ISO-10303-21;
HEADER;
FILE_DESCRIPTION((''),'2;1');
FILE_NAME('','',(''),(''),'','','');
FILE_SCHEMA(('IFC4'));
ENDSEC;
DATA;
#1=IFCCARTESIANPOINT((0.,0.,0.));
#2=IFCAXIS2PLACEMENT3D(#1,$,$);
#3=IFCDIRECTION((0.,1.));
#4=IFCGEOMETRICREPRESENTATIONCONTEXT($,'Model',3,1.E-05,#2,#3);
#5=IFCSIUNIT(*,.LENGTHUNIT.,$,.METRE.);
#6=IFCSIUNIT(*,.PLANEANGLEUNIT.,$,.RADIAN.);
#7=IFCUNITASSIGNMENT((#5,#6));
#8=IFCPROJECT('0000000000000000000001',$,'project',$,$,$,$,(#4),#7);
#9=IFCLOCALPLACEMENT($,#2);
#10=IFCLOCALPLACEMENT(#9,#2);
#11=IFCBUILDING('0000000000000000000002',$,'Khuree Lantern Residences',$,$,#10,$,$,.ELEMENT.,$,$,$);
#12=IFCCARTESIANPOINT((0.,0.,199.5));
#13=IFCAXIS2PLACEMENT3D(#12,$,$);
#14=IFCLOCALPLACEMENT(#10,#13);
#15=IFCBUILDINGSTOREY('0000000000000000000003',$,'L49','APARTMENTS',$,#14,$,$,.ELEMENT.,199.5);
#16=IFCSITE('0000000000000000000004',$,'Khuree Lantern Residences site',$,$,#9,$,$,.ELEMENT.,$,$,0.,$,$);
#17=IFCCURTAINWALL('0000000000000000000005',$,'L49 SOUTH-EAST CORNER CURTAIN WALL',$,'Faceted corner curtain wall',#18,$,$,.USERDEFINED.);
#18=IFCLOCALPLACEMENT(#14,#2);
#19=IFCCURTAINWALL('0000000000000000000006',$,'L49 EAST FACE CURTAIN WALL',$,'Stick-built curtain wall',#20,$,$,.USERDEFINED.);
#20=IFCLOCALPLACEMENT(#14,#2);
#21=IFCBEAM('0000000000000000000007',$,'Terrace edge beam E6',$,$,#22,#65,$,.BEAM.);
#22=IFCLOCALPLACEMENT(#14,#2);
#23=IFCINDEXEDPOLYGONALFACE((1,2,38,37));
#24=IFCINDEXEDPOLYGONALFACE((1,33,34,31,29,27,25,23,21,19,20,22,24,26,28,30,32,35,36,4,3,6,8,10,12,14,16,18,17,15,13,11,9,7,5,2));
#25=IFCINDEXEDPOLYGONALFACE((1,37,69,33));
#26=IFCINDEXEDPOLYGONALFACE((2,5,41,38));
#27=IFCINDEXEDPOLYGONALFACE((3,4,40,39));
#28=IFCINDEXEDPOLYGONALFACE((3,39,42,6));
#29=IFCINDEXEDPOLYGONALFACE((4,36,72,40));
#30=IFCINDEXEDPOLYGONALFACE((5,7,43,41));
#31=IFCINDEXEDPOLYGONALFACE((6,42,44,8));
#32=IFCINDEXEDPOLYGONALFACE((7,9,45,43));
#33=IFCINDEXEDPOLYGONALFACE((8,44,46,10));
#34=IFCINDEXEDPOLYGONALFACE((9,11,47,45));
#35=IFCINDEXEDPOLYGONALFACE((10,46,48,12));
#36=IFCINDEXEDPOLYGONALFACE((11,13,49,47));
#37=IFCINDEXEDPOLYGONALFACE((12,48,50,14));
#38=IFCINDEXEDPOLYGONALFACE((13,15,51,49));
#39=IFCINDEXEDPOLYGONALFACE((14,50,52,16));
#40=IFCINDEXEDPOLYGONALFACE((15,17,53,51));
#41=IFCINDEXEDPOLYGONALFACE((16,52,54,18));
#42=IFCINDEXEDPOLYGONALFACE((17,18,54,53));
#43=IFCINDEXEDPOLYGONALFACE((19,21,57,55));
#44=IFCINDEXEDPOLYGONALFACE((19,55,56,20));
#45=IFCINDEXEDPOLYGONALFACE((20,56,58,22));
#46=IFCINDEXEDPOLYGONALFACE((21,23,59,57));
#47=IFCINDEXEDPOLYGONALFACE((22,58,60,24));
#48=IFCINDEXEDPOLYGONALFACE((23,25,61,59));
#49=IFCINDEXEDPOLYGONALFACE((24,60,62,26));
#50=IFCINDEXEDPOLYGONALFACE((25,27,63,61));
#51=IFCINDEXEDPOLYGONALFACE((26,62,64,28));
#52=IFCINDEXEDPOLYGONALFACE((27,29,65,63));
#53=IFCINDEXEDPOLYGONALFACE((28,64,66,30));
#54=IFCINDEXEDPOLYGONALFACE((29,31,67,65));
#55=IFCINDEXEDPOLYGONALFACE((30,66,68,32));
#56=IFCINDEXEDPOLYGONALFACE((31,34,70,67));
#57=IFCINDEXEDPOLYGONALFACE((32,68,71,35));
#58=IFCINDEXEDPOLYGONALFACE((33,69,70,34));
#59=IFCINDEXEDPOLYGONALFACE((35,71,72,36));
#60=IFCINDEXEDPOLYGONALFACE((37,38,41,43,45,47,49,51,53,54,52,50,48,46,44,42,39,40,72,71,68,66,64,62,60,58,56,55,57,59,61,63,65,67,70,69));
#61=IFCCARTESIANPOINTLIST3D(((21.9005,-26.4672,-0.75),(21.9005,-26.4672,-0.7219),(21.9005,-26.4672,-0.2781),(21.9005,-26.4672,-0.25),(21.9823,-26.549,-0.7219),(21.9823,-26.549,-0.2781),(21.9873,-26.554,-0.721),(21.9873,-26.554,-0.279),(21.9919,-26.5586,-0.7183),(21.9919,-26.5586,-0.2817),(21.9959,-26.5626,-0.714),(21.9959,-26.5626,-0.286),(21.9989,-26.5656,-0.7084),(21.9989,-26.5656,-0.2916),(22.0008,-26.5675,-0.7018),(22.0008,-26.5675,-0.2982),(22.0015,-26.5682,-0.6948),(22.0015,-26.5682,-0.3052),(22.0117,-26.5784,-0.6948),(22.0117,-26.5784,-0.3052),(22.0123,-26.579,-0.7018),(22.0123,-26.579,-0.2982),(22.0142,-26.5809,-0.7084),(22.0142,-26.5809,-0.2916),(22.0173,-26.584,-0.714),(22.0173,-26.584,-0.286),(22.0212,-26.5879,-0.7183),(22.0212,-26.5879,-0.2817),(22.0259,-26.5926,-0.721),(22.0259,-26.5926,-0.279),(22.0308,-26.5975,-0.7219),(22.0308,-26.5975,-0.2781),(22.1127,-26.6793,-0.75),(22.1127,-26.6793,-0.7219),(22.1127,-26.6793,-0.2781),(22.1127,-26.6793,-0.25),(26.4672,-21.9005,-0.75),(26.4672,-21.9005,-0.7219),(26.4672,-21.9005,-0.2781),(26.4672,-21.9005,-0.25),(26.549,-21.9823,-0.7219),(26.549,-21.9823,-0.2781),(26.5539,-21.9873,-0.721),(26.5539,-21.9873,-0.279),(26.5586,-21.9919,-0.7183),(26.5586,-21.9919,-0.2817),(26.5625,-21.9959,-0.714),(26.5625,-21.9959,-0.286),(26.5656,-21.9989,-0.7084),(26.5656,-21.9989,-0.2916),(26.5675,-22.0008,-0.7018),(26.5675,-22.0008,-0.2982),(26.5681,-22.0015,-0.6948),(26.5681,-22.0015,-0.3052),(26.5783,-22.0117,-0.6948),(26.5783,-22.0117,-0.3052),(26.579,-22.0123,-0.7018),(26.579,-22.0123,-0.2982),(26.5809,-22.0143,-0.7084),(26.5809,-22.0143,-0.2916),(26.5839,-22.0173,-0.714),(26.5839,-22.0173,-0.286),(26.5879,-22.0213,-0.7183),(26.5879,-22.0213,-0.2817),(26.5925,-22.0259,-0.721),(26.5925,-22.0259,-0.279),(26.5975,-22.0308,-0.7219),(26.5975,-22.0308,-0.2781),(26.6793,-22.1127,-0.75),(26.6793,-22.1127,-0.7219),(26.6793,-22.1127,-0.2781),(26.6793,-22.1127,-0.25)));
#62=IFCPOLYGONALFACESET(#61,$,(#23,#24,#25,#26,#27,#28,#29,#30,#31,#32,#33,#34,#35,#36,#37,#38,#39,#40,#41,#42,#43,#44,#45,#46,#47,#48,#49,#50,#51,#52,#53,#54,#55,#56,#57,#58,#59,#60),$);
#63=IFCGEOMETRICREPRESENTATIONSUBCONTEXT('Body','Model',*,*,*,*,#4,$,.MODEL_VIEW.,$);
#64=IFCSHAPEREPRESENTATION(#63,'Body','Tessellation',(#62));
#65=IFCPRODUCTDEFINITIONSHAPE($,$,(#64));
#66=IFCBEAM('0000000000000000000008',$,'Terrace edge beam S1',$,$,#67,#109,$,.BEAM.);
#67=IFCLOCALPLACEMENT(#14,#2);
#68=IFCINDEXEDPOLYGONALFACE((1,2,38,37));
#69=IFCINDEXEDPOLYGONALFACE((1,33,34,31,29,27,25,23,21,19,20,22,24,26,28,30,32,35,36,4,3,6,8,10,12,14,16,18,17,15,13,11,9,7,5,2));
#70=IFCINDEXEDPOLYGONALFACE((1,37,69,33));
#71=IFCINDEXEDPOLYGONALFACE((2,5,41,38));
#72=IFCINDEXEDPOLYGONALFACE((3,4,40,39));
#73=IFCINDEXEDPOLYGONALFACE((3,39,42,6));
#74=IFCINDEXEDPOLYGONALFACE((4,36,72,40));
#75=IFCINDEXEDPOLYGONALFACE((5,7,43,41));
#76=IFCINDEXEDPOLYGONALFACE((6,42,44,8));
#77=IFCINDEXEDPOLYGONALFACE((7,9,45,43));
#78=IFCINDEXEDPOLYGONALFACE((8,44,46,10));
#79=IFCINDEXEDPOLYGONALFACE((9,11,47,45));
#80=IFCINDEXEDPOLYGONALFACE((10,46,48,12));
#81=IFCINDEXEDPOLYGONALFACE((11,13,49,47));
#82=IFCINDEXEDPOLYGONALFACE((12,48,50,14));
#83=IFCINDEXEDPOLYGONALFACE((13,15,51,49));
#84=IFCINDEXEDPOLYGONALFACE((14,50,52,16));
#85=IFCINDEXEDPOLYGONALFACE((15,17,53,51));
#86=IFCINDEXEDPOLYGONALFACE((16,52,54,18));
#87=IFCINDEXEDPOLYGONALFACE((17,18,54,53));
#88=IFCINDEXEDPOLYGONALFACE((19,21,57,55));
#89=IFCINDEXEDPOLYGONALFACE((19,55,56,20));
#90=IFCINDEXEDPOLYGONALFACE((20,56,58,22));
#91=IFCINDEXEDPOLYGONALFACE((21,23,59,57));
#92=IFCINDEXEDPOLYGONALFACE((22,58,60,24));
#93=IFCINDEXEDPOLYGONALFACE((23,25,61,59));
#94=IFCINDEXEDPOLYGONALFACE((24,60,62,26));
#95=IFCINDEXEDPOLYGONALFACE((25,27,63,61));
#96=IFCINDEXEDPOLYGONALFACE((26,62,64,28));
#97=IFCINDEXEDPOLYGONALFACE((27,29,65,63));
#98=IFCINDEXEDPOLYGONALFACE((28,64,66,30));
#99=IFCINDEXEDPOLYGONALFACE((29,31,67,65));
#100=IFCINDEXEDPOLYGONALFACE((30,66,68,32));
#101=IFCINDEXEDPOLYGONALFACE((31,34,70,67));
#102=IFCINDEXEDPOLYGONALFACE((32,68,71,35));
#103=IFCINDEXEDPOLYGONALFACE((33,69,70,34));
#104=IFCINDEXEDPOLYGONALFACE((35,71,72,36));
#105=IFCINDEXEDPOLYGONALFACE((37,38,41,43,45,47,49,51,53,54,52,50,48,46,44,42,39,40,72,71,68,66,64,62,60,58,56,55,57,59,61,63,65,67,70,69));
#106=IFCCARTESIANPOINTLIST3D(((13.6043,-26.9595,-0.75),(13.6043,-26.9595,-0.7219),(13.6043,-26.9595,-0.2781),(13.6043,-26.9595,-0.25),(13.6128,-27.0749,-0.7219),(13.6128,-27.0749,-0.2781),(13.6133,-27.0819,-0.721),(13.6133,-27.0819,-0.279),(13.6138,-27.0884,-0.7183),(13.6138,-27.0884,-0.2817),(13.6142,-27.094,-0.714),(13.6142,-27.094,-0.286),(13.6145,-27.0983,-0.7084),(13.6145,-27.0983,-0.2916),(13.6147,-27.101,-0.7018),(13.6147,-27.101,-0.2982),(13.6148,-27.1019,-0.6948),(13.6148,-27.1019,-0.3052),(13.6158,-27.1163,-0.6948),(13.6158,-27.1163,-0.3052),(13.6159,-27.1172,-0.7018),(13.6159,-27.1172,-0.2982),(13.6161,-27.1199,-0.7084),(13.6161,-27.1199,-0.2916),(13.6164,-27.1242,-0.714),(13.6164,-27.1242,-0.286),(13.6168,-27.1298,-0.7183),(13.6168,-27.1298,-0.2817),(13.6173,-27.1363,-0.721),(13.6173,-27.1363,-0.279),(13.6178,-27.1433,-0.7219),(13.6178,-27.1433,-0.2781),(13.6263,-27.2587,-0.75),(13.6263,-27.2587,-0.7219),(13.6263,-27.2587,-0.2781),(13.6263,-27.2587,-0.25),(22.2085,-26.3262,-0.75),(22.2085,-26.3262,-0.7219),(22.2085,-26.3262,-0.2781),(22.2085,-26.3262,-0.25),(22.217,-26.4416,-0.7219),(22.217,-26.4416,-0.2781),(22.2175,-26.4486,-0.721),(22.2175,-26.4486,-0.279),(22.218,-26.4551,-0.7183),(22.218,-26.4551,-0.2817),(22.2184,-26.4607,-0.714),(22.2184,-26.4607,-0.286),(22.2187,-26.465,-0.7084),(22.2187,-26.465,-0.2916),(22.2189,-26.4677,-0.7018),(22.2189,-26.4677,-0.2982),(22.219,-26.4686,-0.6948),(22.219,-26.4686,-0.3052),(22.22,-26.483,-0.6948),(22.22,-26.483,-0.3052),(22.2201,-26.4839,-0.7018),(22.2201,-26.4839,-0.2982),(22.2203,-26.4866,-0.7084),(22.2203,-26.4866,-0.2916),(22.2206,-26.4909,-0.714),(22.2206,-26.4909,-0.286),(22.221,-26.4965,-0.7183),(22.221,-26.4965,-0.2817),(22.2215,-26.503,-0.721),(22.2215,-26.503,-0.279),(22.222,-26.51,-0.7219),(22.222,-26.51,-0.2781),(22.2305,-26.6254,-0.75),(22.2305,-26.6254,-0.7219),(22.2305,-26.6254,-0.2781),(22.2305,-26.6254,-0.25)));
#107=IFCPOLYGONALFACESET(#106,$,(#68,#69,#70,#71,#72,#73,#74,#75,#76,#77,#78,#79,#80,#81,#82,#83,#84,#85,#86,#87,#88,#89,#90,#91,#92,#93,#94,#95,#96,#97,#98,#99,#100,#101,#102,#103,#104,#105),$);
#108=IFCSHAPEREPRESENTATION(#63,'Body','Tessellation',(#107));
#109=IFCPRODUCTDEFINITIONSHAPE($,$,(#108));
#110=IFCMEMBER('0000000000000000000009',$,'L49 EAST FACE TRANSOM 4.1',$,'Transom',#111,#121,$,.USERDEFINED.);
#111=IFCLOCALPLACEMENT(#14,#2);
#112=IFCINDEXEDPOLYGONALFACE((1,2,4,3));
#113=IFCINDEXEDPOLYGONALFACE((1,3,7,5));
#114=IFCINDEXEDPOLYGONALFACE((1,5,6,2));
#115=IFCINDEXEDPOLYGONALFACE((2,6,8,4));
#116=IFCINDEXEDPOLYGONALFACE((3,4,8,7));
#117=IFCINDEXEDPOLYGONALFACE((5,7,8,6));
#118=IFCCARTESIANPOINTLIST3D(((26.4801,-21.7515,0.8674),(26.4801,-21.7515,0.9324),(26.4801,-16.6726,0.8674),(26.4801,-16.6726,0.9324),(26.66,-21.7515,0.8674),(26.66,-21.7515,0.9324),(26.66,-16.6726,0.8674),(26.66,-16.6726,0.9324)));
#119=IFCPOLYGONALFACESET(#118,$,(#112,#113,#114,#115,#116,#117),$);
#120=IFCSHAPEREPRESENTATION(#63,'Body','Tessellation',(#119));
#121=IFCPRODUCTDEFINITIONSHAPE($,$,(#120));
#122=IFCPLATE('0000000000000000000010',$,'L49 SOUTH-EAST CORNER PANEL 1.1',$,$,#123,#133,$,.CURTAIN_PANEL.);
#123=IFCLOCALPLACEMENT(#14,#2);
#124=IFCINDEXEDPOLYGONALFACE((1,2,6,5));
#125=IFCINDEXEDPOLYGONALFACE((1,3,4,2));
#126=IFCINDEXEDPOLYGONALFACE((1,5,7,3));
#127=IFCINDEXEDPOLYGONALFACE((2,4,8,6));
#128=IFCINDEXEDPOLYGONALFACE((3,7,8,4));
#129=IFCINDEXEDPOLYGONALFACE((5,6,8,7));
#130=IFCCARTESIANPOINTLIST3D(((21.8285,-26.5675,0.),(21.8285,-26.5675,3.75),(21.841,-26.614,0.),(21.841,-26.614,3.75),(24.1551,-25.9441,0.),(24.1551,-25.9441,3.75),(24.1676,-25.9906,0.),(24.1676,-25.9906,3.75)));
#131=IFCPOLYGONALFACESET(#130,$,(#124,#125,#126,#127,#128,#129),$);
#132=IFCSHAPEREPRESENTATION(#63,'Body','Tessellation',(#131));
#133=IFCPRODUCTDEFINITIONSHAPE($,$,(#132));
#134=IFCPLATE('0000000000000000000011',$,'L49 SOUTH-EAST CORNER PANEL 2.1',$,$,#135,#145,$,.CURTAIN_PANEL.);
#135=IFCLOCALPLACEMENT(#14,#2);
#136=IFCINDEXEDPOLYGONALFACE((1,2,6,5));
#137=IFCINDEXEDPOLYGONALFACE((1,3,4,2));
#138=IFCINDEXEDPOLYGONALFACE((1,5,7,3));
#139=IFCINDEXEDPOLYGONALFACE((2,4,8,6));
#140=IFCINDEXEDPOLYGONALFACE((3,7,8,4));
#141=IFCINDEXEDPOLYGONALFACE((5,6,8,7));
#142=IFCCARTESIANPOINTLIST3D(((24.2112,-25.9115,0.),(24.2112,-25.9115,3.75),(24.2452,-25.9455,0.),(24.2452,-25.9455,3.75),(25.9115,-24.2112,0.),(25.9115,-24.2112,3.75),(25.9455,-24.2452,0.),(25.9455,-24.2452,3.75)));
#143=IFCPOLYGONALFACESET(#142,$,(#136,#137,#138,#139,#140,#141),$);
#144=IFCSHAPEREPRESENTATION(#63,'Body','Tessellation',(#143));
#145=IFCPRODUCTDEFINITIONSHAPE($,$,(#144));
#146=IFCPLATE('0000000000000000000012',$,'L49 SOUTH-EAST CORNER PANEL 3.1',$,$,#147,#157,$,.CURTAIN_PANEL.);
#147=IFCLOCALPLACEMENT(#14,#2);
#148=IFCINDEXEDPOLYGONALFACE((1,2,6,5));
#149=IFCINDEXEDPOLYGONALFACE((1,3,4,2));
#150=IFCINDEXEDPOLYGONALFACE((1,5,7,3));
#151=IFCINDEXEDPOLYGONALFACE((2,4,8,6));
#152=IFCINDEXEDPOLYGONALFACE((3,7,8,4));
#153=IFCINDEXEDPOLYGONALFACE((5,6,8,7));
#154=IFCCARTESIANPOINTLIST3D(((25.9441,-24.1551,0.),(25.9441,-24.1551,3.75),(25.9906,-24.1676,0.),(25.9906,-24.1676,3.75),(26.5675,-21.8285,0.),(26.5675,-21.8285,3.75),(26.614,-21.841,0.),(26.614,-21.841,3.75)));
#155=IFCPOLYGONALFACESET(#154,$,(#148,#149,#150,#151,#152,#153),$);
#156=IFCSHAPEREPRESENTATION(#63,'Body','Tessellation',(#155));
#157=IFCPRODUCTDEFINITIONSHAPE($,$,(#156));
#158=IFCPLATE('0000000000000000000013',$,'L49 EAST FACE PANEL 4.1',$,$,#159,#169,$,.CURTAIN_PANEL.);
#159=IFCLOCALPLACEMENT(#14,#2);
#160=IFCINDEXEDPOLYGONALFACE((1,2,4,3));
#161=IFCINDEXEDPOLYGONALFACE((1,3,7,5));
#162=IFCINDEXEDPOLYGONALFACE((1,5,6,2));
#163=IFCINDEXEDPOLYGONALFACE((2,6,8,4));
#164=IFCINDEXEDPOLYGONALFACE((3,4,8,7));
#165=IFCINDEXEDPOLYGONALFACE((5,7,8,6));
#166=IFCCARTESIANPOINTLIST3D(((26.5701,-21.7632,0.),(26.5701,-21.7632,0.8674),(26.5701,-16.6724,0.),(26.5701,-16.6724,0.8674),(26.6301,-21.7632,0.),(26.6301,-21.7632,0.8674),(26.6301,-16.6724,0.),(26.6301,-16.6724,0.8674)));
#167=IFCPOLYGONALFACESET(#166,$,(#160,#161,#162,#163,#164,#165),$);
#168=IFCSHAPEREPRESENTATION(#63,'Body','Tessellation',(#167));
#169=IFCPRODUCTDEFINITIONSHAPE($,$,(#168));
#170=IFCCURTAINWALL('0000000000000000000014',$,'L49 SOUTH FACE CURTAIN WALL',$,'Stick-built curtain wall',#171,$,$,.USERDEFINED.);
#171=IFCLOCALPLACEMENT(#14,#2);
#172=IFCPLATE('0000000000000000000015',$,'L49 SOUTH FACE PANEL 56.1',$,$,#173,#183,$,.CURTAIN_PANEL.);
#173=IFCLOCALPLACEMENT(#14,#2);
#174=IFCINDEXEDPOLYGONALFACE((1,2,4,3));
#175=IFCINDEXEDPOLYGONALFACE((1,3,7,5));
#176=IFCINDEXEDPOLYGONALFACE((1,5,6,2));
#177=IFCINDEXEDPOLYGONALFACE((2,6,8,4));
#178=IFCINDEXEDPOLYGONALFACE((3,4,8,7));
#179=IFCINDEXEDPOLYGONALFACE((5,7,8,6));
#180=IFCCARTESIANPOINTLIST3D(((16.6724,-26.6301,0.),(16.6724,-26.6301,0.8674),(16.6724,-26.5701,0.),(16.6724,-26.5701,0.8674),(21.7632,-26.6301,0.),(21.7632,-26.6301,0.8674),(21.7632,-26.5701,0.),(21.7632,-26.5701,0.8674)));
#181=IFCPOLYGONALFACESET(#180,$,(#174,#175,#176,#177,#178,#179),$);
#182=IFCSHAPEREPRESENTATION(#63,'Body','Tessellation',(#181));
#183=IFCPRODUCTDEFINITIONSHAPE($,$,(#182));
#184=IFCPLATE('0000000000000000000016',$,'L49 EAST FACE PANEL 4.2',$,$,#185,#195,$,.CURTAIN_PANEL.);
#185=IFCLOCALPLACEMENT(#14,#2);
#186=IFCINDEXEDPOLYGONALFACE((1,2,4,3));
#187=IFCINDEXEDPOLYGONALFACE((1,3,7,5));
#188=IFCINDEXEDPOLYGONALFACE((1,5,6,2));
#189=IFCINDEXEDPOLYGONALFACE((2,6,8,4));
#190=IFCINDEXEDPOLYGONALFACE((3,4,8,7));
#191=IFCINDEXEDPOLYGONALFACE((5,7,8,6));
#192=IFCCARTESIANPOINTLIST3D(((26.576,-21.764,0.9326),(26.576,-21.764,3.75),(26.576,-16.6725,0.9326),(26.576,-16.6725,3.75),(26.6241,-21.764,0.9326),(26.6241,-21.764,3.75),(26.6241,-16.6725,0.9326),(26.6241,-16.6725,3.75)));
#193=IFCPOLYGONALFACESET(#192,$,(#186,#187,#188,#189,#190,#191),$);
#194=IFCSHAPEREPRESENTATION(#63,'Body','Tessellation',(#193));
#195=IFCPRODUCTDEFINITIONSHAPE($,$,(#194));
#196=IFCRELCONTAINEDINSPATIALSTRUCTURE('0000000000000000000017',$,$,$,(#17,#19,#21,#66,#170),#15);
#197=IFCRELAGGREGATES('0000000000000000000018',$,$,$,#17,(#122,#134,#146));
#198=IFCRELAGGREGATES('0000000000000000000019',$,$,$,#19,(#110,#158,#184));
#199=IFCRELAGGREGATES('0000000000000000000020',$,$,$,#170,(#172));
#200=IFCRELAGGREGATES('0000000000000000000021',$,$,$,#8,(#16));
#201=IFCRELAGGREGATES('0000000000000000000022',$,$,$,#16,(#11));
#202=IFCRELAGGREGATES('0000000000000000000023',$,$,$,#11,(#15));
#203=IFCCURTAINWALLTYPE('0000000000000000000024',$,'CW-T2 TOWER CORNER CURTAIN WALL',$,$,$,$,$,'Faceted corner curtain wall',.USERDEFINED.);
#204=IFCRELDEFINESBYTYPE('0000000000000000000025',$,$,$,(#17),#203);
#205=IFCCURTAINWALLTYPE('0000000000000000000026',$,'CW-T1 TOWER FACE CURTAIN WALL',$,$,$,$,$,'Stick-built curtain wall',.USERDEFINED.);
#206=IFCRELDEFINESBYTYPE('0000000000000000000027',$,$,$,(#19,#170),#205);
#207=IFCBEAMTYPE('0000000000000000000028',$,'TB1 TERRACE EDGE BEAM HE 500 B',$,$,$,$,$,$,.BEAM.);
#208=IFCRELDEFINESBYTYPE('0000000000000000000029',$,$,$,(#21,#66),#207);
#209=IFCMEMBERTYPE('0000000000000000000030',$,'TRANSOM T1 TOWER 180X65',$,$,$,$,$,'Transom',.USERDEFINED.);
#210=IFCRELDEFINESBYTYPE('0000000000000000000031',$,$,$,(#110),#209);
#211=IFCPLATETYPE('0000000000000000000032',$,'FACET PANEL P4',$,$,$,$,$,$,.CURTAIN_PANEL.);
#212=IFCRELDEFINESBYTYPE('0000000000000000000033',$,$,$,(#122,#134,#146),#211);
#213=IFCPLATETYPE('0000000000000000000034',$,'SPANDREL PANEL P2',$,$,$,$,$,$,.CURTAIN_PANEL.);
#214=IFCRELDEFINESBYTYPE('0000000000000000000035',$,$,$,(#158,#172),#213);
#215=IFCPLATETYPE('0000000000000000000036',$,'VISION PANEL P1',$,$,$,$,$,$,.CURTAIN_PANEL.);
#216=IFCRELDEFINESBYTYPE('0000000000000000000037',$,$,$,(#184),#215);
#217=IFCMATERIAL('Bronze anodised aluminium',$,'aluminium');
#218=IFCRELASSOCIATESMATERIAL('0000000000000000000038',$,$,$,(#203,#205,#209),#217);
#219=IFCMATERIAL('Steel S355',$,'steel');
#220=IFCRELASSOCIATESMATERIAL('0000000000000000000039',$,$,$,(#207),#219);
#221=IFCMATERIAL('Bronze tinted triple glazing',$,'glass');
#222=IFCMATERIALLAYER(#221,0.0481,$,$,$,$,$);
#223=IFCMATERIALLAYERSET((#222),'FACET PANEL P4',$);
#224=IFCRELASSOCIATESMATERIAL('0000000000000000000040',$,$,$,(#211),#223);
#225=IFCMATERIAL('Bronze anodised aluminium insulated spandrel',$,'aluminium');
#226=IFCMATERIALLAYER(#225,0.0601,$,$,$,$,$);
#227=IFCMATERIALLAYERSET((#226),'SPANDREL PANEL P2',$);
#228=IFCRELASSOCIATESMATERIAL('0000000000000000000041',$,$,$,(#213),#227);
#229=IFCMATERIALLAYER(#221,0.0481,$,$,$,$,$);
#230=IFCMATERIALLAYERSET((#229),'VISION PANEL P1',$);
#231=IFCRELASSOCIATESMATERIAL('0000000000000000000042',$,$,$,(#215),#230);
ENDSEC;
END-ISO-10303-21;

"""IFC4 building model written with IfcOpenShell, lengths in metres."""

from ifc_helpers import new_model, si_unit, direction, frame, origin, origin_2d, place, context, subcontext, project, spatial, rectangle, i_section, extrude, material, layer, layer_set, material_profile, profile_set, type_object, element, aggregate, save


model = new_model("IFC4")

# Units and contexts
model_context = context("Model", 3, precision=1e-05, world=origin(), true_north=direction((0.0, 1.0)))
body_context = subcontext(model_context, "Body", "Model", "MODEL_VIEW")
ifc_project = project(units=[si_unit("LENGTHUNIT", "METRE"), si_unit("PLANEANGLEUNIT", "RADIAN")], contexts=[model_context])

# Site, building, storey
site_placement = place(None, origin())
site = spatial("IfcSite", under=ifc_project, at=site_placement, Name="Khuree Lantern Residences site", CompositionType="ELEMENT", RefElevation=0.0)
building_placement = place(site_placement, origin())
building = spatial("IfcBuilding", under=site, at=building_placement, Name="Khuree Lantern Residences", CompositionType="ELEMENT")
storey_placement = place(building_placement, frame((0.0, 0.0, 199.5)))
storey = spatial("IfcBuildingStorey", under=building, at=storey_placement, Name="L49", Description="APARTMENTS", CompositionType="ELEMENT", Elevation=199.5)

# Shared definitions
ifc_material_1 = material(Name="Steel S355", Category="steel")

# Curtain wall
ifc_material_2 = material(Name="Bronze anodised aluminium", Category="aluminium")
curtain_wall_type_1 = type_object("IfcCurtainWallType", Name="CW-T2 TOWER CORNER CURTAIN WALL", ElementType="Faceted corner curtain wall", PredefinedType="USERDEFINED", material=ifc_material_2)
curtain_wall_1_placement = place(storey_placement, origin())
curtain_wall_1 = element("IfcCurtainWall", 1, at=curtain_wall_1_placement, inside=storey, type_object=curtain_wall_type_1, Name="L49 SOUTH-EAST CORNER CURTAIN WALL", ObjectType="Faceted corner curtain wall", PredefinedType="USERDEFINED")

# Curtain wall
curtain_wall_type_2 = type_object("IfcCurtainWallType", Name="CW-T1 TOWER FACE CURTAIN WALL", ElementType="Stick-built curtain wall", PredefinedType="USERDEFINED", material=ifc_material_2)
curtain_wall_2_placement = place(storey_placement, origin())
curtain_wall_2 = element("IfcCurtainWall", 2, at=curtain_wall_2_placement, inside=storey, type_object=curtain_wall_type_2, Name="L49 EAST FACE CURTAIN WALL", ObjectType="Stick-built curtain wall", PredefinedType="USERDEFINED")

# Beams
ifc_material_profile_1 = material_profile(ifc_material_1, i_section(OverallWidth=0.3, OverallDepth=0.5, WebThickness=0.0144, FlangeThickness=0.0281, FilletRadius=0.0271, at=origin_2d()), Name="HE 500 B")
ifc_profile_set_1 = profile_set([ifc_material_profile_1], Name="Steel S355")
beam_type_1 = type_object("IfcBeamType", Name="TB1 TERRACE EDGE BEAM HE 500 B", PredefinedType="BEAM", material=ifc_profile_set_1)
beam_1_placement = place(storey_placement, frame((26.5732, -22.0066, -0.5), z_axis=(-0.707107, -0.707107, 0.0), x_axis=(0.707107, -0.707107, 0.0)))
element("IfcBeam", 3, at=beam_1_placement, inside=storey, type_object=beam_type_1, Name="Terrace edge beam E6", PredefinedType="BEAM", context=body_context, shape_type="SweptSolid", body=[
    extrude(i_section(OverallWidth=0.3, OverallDepth=0.5, WebThickness=0.0144, FlangeThickness=0.0281, FilletRadius=0.0271, at=origin_2d()), origin(), (0.0, 0.0, 1.0), 6.4583),
])
beam_2_placement = place(storey_placement, frame((22.2195, -26.4758, -0.5), z_axis=(-0.997302, -0.073405, 0.0), x_axis=(0.073405, -0.997302, 0.0)))
element("IfcBeam", 4, at=beam_2_placement, inside=storey, type_object=beam_type_1, Name="Terrace edge beam S1", PredefinedType="BEAM", context=body_context, shape_type="SweptSolid", body=[
    extrude(i_section(OverallWidth=0.3, OverallDepth=0.5, WebThickness=0.0144, FlangeThickness=0.0281, FilletRadius=0.0271, at=origin_2d()), origin(), (0.0, 0.0, 1.0), 8.6274),
])

# Member
ifc_material_profile_2 = material_profile(ifc_material_2, rectangle(XDim=0.1799, YDim=0.0649, at=origin_2d()), Name="T1 180X65")
ifc_profile_set_2 = profile_set([ifc_material_profile_2], Name="Bronze anodised aluminium")
member_type_1 = type_object("IfcMemberType", Name="TRANSOM T1 TOWER 180X65", ElementType="Transom", PredefinedType="USERDEFINED", material=ifc_profile_set_2)
member_1_placement = place(storey_placement, frame((26.5701, -21.7515, 0.8999), z_axis=(0.0, 1.0, 0.0), x_axis=(-1.0, 0.0, 0.0)))
member_1 = element("IfcMember", 5, at=member_1_placement, type_object=member_type_1, Name="L49 EAST FACE TRANSOM 4.1", ObjectType="Transom", PredefinedType="USERDEFINED", context=body_context, shape_type="SweptSolid", body=[
    extrude(rectangle(XDim=0.1799, YDim=0.0649, at=origin_2d()), origin(), (0.0, 0.0, 1.0), 5.0789),
])

# Plates
ifc_material_3 = material(Name="Bronze tinted triple glazing", Category="glass")
ifc_layer_1 = layer(ifc_material_3, 0.0481)
ifc_layer_set_1 = layer_set([ifc_layer_1], Name="FACET PANEL P4")
plate_type_1 = type_object("IfcPlateType", Name="FACET PANEL P4", PredefinedType="CURTAIN_PANEL", material=ifc_layer_set_1)
plate_1_placement = place(storey_placement, frame((22.998, -26.2791, 0.0), z_axis=(0.0, 0.0, 1.0), x_axis=(0.965926, 0.258819, 0.0)))
plate_1 = element("IfcPlate", 6, at=plate_1_placement, type_object=plate_type_1, Name="L49 SOUTH-EAST CORNER PANEL 1.1", PredefinedType="CURTAIN_PANEL", context=body_context, shape_type="SweptSolid", body=[
    extrude(rectangle(XDim=2.4087, YDim=0.0481, at=origin_2d()), origin(), (0.0, 0.0, 1.0), 3.75),
])
plate_2_placement = place(storey_placement, frame((25.0784, -25.0784, 0.0), z_axis=(0.0, 0.0, 1.0), x_axis=(0.707107, 0.707107, 0.0)))
plate_2 = element("IfcPlate", 7, at=plate_2_placement, type_object=plate_type_1, Name="L49 SOUTH-EAST CORNER PANEL 2.1", PredefinedType="CURTAIN_PANEL", context=body_context, shape_type="SweptSolid", body=[
    extrude(rectangle(XDim=2.4045, YDim=0.0481, at=origin_2d()), origin(), (0.0, 0.0, 1.0), 3.75),
])
plate_3_placement = place(storey_placement, frame((26.2791, -22.998, 0.0), z_axis=(0.0, 0.0, 1.0), x_axis=(0.258819, 0.965926, 0.0)))
plate_3 = element("IfcPlate", 8, at=plate_3_placement, type_object=plate_type_1, Name="L49 SOUTH-EAST CORNER PANEL 3.1", PredefinedType="CURTAIN_PANEL", context=body_context, shape_type="SweptSolid", body=[
    extrude(rectangle(XDim=2.4087, YDim=0.0481, at=origin_2d()), origin(), (0.0, 0.0, 1.0), 3.75),
])
aggregate(curtain_wall_1, [plate_1, plate_2, plate_3])
ifc_material_4 = material(Name="Bronze anodised aluminium insulated spandrel", Category="aluminium")
ifc_layer_2 = layer(ifc_material_4, 0.0601)
ifc_layer_set_2 = layer_set([ifc_layer_2], Name="SPANDREL PANEL P2")
plate_type_2 = type_object("IfcPlateType", Name="SPANDREL PANEL P2", PredefinedType="CURTAIN_PANEL", material=ifc_layer_set_2)
plate_4_placement = place(storey_placement, frame((26.6001, -19.2178, 0.0), z_axis=(0.0, 0.0, 1.0), x_axis=(0.0, 1.0, 0.0)))
plate_4 = element("IfcPlate", 9, at=plate_4_placement, type_object=plate_type_2, Name="L49 EAST FACE PANEL 4.1", PredefinedType="CURTAIN_PANEL", context=body_context, shape_type="SweptSolid", body=[
    extrude(rectangle(XDim=5.0908, YDim=0.0601, at=origin_2d()), origin(), (0.0, 0.0, 1.0), 0.8674),
])

# Curtain wall, plate
curtain_wall_3_placement = place(storey_placement, origin())
curtain_wall_3 = element("IfcCurtainWall", 10, at=curtain_wall_3_placement, inside=storey, type_object=curtain_wall_type_2, Name="L49 SOUTH FACE CURTAIN WALL", ObjectType="Stick-built curtain wall", PredefinedType="USERDEFINED")
plate_5_placement = place(storey_placement, frame((19.2178, -26.6001, 0.0), z_axis=(0.0, 0.0, 1.0), x_axis=(1.0, 0.0, 0.0)))
plate_5 = element("IfcPlate", 11, at=plate_5_placement, type_object=plate_type_2, Name="L49 SOUTH FACE PANEL 56.1", PredefinedType="CURTAIN_PANEL", context=body_context, shape_type="SweptSolid", body=[
    extrude(rectangle(XDim=5.0908, YDim=0.0601, at=origin_2d()), origin(), (0.0, 0.0, 1.0), 0.8674),
])

# Plate
ifc_layer_3 = layer(ifc_material_3, 0.0481)
ifc_layer_set_3 = layer_set([ifc_layer_3], Name="VISION PANEL P1")
plate_type_3 = type_object("IfcPlateType", Name="VISION PANEL P1", PredefinedType="CURTAIN_PANEL", material=ifc_layer_set_3)
plate_6_placement = place(storey_placement, frame((26.6001, -19.2183, 0.9326), z_axis=(0.0, 0.0, 1.0), x_axis=(0.0, 1.0, 0.0)))
plate_6 = element("IfcPlate", 12, at=plate_6_placement, type_object=plate_type_3, Name="L49 EAST FACE PANEL 4.2", PredefinedType="CURTAIN_PANEL", context=body_context, shape_type="SweptSolid", body=[
    extrude(rectangle(XDim=5.0916, YDim=0.0481, at=origin_2d()), origin(), (0.0, 0.0, 1.0), 2.8174),
])
aggregate(curtain_wall_2, [member_1, plate_4, plate_6])
aggregate(curtain_wall_3, [plate_5])

save(model, "model.ifc")
